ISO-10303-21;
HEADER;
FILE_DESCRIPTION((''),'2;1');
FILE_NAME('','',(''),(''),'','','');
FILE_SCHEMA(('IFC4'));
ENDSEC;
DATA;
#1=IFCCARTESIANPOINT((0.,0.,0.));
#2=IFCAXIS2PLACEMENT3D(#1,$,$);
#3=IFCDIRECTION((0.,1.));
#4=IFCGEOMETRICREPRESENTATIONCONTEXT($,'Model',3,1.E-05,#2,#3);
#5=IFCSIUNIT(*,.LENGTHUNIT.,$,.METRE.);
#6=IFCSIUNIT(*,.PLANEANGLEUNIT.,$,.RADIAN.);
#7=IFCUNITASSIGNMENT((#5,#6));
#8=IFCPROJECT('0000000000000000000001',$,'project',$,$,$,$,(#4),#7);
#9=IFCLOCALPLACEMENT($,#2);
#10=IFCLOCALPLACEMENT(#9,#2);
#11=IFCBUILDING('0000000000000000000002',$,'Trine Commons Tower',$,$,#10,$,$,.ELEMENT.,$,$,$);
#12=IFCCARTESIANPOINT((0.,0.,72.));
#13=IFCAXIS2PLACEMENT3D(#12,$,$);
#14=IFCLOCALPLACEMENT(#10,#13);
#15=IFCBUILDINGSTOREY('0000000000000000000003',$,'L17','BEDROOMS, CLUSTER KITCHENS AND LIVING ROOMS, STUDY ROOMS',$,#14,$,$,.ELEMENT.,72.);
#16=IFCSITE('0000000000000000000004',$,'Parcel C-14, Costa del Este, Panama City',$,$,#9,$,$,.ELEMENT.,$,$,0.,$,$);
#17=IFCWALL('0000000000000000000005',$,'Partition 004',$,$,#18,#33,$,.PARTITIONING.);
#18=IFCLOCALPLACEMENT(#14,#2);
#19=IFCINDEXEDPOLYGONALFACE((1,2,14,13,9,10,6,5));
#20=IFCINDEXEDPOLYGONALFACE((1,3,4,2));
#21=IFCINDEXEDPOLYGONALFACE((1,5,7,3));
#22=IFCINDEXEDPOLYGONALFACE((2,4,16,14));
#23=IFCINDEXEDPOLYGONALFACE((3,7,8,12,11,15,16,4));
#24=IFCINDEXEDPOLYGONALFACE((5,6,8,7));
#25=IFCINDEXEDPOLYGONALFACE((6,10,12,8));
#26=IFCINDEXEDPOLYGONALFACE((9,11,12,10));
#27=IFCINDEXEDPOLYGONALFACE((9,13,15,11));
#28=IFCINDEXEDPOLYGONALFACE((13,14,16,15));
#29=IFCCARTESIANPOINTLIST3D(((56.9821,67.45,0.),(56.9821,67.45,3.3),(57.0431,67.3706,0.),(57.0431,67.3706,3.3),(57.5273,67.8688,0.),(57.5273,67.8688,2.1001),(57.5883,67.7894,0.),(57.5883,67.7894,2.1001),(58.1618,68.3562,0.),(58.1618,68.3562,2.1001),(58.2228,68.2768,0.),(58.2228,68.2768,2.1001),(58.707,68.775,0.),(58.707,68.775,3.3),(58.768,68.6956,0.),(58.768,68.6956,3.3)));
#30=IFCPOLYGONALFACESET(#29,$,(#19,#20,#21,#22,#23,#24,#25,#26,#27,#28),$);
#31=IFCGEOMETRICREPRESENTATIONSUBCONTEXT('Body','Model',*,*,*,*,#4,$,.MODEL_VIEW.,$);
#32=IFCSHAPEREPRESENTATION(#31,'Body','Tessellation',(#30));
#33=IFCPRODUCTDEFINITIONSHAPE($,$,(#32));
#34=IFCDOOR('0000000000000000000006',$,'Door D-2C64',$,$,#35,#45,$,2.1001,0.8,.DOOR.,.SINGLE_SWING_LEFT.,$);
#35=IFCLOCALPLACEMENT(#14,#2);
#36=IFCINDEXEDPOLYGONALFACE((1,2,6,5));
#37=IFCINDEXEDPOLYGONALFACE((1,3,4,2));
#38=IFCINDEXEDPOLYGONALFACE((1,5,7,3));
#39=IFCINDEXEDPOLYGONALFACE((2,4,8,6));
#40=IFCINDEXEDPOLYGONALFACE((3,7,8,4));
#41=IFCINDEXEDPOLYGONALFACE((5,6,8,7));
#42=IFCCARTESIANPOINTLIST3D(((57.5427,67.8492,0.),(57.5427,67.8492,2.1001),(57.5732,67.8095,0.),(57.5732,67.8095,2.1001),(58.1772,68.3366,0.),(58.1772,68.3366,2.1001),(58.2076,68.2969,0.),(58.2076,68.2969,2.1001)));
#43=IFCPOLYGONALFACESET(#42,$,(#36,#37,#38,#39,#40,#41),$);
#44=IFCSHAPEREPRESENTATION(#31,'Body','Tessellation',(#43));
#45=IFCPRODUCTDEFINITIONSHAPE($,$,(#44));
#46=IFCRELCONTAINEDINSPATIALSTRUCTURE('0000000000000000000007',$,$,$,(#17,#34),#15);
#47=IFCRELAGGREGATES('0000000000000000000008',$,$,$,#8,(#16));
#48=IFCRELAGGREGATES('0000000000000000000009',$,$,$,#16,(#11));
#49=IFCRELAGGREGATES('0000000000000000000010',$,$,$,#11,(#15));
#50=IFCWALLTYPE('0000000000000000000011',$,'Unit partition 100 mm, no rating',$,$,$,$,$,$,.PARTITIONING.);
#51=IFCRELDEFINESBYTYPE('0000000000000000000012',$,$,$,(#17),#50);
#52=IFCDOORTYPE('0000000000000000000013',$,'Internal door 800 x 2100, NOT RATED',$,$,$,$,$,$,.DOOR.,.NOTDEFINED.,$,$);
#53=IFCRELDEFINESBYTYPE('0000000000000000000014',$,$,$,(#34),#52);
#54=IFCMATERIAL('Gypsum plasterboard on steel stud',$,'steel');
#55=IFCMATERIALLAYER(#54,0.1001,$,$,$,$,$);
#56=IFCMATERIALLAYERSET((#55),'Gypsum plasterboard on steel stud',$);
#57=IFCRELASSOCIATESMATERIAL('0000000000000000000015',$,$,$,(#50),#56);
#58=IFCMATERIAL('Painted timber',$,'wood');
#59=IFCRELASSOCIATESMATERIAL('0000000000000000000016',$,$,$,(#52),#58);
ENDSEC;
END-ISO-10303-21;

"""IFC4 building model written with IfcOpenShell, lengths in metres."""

from ifc_helpers import new_model, si_unit, direction, frame, frame_2d, origin, place, context, subcontext, project, spatial, rectangle, extrude, material, layer, layer_set, type_object, element, fill, save


model = new_model("IFC4")

# Units and contexts
model_context = context("Model", 3, precision=1e-05, world=origin(), true_north=direction((0.0, 1.0)))
body_context = subcontext(model_context, "Body", "Model", "MODEL_VIEW")
ifc_project = project(units=[si_unit("LENGTHUNIT", "METRE"), si_unit("PLANEANGLEUNIT", "RADIAN")], contexts=[model_context])

# Site, building, storey
site_placement = place(None, origin())
site = spatial("IfcSite", under=ifc_project, at=site_placement, Name="Parcel C-14, Costa del Este, Panama City", CompositionType="ELEMENT", RefElevation=0.0)
building_placement = place(site_placement, origin())
building = spatial("IfcBuilding", under=site, at=building_placement, Name="Trine Commons Tower", CompositionType="ELEMENT")
storey_placement = place(building_placement, frame((0.0, 0.0, 72.0)))
storey = spatial("IfcBuildingStorey", under=building, at=storey_placement, Name="L17", Description="BEDROOMS, CLUSTER KITCHENS AND LIVING ROOMS, STUDY ROOMS", CompositionType="ELEMENT", Elevation=72.0)

# Shared definitions
ifc_material_1 = material(Name="Gypsum plasterboard on steel stud", Category="steel")

# Shared definitions
ifc_layer_1 = layer(ifc_material_1, 0.1001)
ifc_layer_set_1 = layer_set([ifc_layer_1], Name="Gypsum plasterboard on steel stud")
wall_type_1 = type_object("IfcWallType", Name="Unit partition 100 mm, no rating", PredefinedType="PARTITIONING", material=ifc_layer_set_1)

# Wall, opening, door
wall_1_placement = place(storey_placement, frame((57.0127, 67.4104, 0.0), z_axis=(0.0, 0.0, 1.0), x_axis=(0.793037, 0.609174, 0.0)))
wall_1 = element("IfcWall", 1, at=wall_1_placement, inside=storey, type_object=wall_type_1, Name="Partition 004", PredefinedType="PARTITIONING", context=body_context, shape_type="SweptSolid", body=[
    extrude(rectangle(XDim=2.175, YDim=0.1001, at=frame_2d((1.0874, 0.0))), origin(), (0.0, 0.0, 1.0), 3.3),
])
opening_1_placement = place(wall_1_placement, frame((0.6875, 0.0, 0.0)))
opening_1 = element("IfcOpeningElement", 2, at=opening_1_placement, cuts=wall_1, PredefinedType="OPENING", context=body_context, shape_type="SweptSolid", body=[
    extrude(rectangle(XDim=0.8, YDim=2.1001, at=frame_2d((0.3999, 1.05))), frame((0.0, 0.0601, 0.0), z_axis=(0.0, -1.0, 0.0), x_axis=(1.0, 0.0, 0.0)), (0.0, 0.0, 1.0), 0.1201),
])
ifc_material_2 = material(Name="Painted timber", Category="wood")
door_type_1 = type_object("IfcDoorType", Name="Internal door 800 x 2100, NOT RATED", OperationType="NOTDEFINED", PredefinedType="DOOR", material=ifc_material_2)
door_1_placement = place(opening_1_placement, frame((0.8, 0.0, 0.0), z_axis=(0.0, 0.0, 1.0), x_axis=(-1.0, 0.0, 0.0)))
door_1 = element("IfcDoor", 3, at=door_1_placement, inside=storey, type_object=door_type_1, Name="Door D-2C64", OperationType="SINGLE_SWING_LEFT", OverallHeight=2.1001, OverallWidth=0.8, PredefinedType="DOOR", context=body_context, shape_type="SweptSolid", body=[
    extrude(rectangle(XDim=0.8, YDim=2.1001, at=frame_2d((0.3999, 1.05))), frame((0.0, 0.0249, 0.0), z_axis=(0.0, -1.0, 0.0), x_axis=(1.0, 0.0, 0.0)), (0.0, 0.0, 1.0), 0.05),
])
fill(opening_1, door_1)

save(model, "model.ifc")
